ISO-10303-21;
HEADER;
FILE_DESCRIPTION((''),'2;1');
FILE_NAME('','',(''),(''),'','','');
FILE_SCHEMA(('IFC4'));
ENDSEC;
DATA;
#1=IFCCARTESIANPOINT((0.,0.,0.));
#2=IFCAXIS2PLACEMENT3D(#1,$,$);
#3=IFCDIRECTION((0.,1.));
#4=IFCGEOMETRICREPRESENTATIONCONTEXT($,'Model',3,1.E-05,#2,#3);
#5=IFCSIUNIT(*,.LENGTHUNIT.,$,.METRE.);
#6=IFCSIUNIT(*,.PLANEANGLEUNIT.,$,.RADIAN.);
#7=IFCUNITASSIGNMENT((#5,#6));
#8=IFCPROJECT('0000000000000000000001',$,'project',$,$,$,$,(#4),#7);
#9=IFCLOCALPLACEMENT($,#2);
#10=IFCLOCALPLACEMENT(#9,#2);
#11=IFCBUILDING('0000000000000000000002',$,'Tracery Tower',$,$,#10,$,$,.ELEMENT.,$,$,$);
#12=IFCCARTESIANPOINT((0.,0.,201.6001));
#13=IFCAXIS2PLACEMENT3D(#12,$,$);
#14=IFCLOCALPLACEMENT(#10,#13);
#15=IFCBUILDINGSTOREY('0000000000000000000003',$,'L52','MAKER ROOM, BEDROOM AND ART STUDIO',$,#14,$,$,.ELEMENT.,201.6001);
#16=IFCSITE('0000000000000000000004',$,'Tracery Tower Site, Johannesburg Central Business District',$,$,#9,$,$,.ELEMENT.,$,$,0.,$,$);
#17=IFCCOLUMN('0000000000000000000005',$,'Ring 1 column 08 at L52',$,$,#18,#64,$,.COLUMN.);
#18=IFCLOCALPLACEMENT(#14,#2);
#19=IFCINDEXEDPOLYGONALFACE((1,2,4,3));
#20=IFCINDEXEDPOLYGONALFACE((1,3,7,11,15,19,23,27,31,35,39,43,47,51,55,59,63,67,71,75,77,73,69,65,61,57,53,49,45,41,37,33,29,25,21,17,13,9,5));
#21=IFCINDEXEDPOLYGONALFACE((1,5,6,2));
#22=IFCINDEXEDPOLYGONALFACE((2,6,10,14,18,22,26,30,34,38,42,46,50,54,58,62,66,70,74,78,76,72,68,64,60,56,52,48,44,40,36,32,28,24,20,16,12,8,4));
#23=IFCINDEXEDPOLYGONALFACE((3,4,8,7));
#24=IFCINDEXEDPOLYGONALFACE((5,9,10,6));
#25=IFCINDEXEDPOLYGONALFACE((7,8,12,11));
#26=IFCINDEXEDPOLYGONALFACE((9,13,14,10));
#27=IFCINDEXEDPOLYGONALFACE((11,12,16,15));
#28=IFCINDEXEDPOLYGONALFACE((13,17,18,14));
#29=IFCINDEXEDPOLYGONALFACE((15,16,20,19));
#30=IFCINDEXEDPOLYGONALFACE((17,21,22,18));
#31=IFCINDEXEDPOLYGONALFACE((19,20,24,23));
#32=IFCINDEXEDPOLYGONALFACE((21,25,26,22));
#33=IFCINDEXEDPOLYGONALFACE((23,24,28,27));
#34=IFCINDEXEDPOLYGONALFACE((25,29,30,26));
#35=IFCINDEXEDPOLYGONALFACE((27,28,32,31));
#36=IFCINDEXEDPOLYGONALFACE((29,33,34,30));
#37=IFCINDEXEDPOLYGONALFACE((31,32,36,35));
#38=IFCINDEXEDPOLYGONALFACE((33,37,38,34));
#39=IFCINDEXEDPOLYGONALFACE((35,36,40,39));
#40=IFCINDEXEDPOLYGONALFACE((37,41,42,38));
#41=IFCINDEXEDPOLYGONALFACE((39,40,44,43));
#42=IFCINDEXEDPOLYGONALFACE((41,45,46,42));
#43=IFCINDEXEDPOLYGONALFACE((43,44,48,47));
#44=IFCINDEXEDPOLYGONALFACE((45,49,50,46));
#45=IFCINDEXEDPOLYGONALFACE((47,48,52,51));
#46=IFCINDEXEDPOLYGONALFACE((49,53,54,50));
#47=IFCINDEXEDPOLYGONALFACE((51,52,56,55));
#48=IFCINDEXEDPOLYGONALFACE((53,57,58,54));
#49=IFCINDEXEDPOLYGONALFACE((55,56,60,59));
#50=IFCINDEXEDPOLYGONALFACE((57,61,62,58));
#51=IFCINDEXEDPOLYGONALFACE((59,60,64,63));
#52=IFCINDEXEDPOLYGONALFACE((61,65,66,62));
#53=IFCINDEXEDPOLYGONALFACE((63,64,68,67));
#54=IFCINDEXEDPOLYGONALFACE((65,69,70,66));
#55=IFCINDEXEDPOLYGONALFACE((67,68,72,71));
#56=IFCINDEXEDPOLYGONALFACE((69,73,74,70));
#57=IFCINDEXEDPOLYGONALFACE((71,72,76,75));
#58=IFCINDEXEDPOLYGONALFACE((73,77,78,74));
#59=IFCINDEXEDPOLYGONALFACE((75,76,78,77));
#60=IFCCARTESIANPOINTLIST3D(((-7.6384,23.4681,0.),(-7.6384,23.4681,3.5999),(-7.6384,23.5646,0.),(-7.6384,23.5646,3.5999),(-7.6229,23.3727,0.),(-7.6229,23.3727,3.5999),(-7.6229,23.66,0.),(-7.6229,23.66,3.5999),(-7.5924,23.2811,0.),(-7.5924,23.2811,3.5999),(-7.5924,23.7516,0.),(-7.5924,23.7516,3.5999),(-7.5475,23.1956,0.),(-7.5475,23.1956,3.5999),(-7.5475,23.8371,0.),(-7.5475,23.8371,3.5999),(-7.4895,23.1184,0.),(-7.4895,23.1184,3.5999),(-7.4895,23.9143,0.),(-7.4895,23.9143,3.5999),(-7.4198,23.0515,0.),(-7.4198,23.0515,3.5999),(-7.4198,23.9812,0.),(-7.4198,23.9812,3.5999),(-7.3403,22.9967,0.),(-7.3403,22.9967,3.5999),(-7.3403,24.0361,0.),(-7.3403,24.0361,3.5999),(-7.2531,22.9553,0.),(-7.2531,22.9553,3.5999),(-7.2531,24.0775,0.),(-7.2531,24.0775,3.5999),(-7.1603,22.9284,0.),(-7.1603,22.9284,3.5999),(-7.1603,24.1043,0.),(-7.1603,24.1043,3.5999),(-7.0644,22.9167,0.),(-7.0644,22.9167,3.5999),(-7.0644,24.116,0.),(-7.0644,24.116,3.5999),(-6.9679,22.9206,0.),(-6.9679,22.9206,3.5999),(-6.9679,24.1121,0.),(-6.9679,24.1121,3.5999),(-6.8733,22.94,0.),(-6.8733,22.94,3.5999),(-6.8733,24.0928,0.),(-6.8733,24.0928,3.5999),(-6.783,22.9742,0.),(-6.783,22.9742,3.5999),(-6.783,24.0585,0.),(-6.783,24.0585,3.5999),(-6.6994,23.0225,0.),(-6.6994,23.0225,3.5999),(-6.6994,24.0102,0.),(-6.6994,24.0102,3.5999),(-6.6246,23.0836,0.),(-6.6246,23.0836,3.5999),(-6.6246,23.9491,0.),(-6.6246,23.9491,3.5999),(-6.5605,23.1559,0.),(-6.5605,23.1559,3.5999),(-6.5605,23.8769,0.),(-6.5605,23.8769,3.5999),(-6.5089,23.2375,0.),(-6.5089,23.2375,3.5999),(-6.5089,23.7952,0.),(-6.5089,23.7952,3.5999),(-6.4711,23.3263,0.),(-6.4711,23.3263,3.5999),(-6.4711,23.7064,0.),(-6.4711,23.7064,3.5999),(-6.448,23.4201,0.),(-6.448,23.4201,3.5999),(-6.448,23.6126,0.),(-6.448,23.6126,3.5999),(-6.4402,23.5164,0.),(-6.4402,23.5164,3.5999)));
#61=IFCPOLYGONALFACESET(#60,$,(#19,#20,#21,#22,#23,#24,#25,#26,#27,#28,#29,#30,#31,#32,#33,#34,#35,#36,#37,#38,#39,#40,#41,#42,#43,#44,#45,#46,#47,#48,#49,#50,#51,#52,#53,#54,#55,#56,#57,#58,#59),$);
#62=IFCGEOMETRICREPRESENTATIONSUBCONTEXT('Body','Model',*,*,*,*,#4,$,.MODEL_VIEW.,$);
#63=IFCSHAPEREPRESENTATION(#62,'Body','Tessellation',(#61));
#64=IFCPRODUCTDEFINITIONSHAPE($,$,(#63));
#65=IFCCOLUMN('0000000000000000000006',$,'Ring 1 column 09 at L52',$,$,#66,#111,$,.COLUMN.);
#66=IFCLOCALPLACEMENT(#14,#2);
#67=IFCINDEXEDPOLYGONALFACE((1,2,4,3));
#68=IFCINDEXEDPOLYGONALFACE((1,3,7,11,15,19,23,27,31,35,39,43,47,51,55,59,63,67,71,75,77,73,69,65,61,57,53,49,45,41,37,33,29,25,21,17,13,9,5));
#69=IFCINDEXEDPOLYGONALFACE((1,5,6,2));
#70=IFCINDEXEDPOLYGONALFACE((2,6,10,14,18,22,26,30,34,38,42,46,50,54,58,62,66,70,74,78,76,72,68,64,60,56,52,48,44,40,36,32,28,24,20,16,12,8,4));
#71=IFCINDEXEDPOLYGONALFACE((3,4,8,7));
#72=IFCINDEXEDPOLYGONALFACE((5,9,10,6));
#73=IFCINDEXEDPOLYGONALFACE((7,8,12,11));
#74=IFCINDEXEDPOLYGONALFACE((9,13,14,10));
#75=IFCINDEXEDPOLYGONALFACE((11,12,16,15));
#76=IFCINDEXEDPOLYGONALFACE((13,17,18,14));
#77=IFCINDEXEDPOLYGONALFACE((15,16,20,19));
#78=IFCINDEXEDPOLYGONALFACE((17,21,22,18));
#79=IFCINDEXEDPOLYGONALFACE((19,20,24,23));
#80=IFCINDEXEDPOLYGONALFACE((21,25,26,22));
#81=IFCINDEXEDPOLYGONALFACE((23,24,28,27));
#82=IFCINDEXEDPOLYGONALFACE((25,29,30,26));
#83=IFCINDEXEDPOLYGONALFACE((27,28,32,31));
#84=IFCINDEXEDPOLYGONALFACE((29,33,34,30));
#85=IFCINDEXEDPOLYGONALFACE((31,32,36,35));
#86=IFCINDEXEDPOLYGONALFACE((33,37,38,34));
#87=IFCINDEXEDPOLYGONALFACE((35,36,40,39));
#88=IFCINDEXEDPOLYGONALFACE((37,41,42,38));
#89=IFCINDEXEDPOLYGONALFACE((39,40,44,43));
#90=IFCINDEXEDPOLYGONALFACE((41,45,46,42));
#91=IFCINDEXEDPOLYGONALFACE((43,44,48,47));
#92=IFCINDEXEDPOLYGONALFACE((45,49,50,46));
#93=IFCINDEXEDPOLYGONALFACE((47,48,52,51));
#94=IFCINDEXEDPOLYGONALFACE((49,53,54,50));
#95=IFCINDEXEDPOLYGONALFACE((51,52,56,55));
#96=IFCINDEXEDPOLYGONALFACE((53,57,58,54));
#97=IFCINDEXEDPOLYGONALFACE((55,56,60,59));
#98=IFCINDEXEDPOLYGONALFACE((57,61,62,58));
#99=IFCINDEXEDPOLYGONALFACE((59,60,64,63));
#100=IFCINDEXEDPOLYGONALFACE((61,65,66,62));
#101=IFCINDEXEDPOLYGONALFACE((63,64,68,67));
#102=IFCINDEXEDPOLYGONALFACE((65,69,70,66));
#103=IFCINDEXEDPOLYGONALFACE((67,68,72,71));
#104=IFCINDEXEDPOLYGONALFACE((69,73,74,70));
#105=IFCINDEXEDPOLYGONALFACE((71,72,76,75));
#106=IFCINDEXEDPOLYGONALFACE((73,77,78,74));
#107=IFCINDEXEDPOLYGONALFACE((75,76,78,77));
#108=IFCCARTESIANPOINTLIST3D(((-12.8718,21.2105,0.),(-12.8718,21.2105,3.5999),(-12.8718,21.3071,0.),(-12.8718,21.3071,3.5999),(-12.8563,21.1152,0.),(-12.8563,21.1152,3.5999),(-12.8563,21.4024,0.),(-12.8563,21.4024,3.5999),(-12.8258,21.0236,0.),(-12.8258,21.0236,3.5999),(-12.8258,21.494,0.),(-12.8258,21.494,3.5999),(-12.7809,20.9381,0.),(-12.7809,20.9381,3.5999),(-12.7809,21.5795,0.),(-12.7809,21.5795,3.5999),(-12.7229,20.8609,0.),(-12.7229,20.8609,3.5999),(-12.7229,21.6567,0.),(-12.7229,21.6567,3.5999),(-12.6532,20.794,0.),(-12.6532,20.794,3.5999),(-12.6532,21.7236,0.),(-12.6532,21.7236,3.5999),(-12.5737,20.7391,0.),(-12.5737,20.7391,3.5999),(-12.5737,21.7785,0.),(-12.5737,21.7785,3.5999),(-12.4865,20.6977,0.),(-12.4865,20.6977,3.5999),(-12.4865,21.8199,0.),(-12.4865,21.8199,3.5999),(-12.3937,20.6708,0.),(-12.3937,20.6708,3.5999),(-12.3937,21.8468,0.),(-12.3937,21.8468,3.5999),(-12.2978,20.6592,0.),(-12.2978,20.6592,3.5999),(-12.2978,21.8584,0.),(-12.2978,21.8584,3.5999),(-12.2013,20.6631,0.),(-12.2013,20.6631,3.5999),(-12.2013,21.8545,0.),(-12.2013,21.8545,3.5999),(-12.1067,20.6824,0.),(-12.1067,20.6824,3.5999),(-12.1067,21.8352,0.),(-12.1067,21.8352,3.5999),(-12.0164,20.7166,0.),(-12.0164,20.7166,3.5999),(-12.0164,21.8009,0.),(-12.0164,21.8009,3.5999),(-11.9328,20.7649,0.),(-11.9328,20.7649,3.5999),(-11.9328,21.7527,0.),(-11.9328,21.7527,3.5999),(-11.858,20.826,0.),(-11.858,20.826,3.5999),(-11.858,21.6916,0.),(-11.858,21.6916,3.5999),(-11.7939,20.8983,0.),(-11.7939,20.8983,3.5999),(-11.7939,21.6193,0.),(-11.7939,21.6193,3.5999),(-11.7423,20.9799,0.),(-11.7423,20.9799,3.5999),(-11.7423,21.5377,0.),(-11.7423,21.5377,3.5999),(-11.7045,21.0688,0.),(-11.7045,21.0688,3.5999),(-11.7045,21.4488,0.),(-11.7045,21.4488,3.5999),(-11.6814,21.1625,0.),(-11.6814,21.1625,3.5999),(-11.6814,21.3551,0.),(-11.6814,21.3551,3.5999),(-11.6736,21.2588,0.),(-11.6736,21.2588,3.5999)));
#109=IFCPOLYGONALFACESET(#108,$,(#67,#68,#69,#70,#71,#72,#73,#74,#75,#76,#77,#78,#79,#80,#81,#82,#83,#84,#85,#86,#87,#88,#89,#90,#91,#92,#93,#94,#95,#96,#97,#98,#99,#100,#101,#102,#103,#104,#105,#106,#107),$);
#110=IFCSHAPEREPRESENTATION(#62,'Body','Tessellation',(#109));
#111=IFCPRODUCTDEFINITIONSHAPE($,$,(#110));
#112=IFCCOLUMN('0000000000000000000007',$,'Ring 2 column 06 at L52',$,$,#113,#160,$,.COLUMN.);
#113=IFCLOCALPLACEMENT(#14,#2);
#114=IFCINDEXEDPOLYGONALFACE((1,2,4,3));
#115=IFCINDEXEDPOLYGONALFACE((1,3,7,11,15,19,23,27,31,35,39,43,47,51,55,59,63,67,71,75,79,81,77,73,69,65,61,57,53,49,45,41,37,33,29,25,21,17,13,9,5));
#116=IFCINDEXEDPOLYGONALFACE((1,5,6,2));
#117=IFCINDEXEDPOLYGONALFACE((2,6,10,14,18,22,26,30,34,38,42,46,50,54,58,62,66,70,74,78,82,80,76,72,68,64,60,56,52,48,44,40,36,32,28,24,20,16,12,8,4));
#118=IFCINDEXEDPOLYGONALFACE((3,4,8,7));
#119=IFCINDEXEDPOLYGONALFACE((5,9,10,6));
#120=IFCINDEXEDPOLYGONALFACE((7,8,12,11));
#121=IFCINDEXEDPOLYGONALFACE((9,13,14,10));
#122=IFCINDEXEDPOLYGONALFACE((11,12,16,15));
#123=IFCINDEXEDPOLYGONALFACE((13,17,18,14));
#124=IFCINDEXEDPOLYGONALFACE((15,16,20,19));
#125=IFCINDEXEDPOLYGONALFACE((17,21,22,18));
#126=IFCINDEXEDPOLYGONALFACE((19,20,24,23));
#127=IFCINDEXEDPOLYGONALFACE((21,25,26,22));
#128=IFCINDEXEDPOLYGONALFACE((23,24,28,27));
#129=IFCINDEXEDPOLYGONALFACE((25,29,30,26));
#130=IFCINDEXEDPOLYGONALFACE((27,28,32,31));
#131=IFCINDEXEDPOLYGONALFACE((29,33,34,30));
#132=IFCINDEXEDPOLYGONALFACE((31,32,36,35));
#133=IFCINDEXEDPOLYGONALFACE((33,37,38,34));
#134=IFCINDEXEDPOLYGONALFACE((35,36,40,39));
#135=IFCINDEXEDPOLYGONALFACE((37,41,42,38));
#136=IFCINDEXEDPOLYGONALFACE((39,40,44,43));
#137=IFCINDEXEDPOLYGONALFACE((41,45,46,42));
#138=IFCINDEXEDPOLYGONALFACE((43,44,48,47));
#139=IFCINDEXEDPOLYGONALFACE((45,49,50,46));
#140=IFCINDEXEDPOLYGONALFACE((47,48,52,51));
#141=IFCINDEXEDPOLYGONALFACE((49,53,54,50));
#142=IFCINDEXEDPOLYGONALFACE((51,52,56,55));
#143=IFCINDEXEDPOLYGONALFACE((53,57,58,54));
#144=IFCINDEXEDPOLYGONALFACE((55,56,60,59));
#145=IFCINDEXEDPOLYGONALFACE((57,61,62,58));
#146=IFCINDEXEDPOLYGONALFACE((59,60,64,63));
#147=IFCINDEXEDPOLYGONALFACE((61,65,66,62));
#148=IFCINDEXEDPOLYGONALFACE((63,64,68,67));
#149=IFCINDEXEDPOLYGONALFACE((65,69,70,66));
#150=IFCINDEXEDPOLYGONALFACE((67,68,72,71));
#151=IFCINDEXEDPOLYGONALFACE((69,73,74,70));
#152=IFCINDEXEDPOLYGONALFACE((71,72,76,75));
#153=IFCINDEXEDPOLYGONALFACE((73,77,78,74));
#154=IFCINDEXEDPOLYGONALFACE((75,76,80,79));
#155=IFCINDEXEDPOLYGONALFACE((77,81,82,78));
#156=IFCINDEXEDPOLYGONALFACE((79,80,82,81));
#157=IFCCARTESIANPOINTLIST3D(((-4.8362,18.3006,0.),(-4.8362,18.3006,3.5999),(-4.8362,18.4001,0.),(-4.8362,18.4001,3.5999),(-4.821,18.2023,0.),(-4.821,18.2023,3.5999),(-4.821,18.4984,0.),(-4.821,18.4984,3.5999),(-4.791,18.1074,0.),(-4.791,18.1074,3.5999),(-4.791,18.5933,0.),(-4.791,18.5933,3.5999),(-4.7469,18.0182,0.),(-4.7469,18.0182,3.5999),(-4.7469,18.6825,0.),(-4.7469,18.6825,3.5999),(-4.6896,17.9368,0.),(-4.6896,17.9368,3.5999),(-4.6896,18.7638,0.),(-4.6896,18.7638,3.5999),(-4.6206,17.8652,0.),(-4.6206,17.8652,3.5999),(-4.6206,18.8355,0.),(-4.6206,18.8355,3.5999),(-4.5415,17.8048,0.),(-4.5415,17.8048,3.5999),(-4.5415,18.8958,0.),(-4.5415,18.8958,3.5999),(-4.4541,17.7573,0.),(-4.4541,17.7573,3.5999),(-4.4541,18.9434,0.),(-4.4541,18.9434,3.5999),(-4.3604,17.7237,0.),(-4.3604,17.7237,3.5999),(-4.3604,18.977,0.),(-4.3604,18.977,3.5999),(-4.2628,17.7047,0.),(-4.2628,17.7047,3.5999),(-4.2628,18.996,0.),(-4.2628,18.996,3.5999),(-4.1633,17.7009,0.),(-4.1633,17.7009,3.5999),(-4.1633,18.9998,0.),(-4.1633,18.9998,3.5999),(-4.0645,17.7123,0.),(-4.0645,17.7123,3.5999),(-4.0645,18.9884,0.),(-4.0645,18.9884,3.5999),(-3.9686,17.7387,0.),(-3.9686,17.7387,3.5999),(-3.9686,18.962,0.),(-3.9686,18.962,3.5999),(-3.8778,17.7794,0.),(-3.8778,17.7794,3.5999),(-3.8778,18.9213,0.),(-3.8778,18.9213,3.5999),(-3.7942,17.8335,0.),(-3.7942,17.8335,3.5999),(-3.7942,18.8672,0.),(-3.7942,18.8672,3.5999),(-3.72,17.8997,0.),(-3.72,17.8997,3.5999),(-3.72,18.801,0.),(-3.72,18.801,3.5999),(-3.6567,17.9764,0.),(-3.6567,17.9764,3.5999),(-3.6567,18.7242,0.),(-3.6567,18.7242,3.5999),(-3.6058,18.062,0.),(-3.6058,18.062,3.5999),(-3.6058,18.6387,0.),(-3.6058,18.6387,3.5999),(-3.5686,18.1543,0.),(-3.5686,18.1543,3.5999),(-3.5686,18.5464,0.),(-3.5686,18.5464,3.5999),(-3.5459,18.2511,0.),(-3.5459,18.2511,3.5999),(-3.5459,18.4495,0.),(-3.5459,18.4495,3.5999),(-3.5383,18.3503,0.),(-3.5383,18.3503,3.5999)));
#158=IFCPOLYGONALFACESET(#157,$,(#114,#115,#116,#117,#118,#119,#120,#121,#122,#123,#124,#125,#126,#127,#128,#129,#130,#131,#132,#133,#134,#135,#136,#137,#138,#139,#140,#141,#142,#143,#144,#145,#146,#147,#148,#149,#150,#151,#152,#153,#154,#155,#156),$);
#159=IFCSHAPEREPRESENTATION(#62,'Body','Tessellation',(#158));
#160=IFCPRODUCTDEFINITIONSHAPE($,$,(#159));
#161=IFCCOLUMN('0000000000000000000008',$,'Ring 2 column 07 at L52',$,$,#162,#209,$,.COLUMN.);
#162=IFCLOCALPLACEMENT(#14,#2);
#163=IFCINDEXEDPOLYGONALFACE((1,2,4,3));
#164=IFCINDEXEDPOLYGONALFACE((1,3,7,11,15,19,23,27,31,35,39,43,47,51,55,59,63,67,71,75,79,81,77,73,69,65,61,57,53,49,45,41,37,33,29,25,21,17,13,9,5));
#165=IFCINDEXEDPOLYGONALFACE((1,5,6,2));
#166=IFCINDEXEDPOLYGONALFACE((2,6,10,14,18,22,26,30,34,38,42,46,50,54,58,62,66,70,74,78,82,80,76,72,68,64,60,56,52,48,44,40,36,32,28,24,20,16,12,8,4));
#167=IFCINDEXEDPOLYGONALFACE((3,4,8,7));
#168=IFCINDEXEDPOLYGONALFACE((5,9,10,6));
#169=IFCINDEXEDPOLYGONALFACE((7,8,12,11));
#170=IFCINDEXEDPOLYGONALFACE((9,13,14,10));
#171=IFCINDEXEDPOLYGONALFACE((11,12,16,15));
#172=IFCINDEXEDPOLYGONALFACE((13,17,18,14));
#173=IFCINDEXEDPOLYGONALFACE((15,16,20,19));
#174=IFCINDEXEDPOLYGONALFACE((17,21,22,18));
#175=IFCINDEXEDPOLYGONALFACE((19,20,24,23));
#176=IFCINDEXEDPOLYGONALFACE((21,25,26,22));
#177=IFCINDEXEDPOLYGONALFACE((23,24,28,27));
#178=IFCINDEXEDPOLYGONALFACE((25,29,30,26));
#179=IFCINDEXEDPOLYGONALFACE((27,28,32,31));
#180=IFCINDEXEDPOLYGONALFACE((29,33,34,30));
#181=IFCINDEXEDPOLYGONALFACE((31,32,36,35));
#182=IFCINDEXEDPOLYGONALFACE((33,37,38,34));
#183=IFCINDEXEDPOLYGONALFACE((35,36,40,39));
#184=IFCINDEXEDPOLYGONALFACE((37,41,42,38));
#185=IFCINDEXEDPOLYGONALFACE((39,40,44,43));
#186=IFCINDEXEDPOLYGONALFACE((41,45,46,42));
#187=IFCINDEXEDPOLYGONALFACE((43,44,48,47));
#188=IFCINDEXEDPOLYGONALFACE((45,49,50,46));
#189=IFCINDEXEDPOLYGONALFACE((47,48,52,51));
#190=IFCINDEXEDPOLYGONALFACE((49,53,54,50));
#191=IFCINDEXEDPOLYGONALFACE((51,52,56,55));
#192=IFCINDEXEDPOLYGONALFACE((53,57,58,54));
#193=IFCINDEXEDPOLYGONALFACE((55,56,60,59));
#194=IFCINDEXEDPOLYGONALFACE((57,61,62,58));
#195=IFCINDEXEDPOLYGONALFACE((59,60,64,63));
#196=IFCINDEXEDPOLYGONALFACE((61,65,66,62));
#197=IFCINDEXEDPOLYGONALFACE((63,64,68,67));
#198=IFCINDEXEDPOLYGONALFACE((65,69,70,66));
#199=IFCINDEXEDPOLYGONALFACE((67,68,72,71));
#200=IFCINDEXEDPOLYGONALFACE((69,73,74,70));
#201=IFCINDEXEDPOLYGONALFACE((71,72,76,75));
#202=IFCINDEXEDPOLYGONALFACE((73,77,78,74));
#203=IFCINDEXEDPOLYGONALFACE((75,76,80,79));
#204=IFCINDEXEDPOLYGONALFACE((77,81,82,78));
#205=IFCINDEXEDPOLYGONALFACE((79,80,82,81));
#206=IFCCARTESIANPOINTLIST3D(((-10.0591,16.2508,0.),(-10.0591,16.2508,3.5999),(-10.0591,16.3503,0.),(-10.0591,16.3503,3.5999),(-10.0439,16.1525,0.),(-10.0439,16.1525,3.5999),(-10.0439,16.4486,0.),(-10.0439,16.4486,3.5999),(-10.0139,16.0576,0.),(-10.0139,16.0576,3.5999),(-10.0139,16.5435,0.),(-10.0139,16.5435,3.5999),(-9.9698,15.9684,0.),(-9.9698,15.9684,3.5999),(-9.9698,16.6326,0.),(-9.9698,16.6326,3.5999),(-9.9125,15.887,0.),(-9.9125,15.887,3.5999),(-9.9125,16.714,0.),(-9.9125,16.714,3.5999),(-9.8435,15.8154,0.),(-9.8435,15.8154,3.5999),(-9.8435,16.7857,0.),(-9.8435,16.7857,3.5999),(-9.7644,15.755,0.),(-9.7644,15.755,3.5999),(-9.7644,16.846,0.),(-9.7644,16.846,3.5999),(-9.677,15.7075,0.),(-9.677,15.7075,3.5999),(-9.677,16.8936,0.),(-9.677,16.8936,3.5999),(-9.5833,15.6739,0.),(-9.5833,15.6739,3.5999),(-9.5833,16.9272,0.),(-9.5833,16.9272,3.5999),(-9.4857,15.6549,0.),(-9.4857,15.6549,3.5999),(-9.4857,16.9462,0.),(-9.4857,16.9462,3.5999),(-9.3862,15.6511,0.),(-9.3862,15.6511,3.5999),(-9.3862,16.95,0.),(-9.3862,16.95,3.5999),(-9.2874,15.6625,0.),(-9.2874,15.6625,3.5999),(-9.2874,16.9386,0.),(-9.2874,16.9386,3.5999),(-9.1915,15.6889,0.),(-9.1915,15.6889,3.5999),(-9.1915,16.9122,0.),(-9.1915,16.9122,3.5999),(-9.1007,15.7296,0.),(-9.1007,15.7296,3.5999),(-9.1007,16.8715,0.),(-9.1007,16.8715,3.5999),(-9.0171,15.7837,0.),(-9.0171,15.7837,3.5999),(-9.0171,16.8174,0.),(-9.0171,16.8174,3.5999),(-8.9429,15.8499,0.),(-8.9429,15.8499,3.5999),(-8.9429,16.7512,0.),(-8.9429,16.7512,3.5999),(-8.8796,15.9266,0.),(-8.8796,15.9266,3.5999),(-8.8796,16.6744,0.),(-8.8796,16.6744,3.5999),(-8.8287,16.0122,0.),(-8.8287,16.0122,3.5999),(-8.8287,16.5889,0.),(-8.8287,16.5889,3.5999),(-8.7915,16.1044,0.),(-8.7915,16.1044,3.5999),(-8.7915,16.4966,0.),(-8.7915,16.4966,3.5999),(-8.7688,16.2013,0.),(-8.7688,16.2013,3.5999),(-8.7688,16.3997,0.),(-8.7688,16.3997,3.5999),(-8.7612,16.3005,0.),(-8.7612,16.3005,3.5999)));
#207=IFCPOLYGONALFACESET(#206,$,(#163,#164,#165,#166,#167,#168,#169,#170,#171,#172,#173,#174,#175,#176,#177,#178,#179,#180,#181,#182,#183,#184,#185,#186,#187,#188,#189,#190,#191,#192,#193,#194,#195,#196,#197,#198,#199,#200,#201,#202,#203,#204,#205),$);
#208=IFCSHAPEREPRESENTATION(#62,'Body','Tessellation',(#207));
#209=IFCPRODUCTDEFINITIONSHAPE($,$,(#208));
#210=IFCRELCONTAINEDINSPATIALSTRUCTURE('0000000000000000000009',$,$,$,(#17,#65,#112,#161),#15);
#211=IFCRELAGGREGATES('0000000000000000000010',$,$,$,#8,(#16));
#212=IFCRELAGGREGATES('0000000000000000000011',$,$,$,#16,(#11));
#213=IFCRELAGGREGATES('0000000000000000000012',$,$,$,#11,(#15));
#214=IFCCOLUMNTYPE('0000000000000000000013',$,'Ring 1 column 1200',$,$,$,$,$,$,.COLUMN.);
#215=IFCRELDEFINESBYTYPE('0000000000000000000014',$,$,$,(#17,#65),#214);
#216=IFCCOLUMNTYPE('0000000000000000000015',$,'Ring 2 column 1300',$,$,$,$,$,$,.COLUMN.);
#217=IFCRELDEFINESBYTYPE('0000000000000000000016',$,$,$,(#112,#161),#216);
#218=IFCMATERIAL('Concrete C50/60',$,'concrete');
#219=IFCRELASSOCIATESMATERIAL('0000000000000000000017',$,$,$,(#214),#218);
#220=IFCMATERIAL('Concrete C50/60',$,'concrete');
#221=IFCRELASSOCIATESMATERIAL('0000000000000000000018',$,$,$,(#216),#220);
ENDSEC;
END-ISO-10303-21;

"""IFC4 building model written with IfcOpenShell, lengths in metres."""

from ifc_helpers import new_model, si_unit, direction, frame, origin, origin_2d, place, context, subcontext, project, spatial, circle, extrude, material, material_profile, profile_set, type_object, element, save


model = new_model("IFC4")

# Units and contexts
model_context = context("Model", 3, precision=1e-05, world=origin(), true_north=direction((0.0, 1.0)))
body_context = subcontext(model_context, "Body", "Model", "MODEL_VIEW")
ifc_project = project(units=[si_unit("LENGTHUNIT", "METRE"), si_unit("PLANEANGLEUNIT", "RADIAN")], contexts=[model_context])

# Site, building, storey
site_placement = place(None, origin())
site = spatial("IfcSite", under=ifc_project, at=site_placement, Name="Tracery Tower Site, Johannesburg Central Business District", CompositionType="ELEMENT", RefElevation=0.0)
building_placement = place(site_placement, origin())
building = spatial("IfcBuilding", under=site, at=building_placement, Name="Tracery Tower", CompositionType="ELEMENT")
storey_placement = place(building_placement, frame((0.0, 0.0, 201.6001)))
storey = spatial("IfcBuildingStorey", under=building, at=storey_placement, Name="L52", Description="MAKER ROOM, BEDROOM AND ART STUDIO", CompositionType="ELEMENT", Elevation=201.6001)

# Columns
ifc_material_1 = material(Name="Concrete C50/60", Category="concrete")
ifc_material_profile_1 = material_profile(ifc_material_1, circle(Radius=0.6001, at=origin_2d()), Name="RC D1200")
ifc_profile_set_1 = profile_set([ifc_material_profile_1], Name="Concrete C50/60")
column_type_1 = type_object("IfcColumnType", Name="Ring 1 column 1200", PredefinedType="COLUMN", material=ifc_profile_set_1)
for number, where, z_axis, x_axis, name in (
    (1, (-7.0403, 23.5164, 0.0), (0.0, 0.0, 1.0), (1.0, 0.0, 0.0), "Ring 1 column 08 at L52"),
    (2, (-12.2737, 21.2588, 0.0), (0.0, 0.0, 1.0), (1.0, 0.0, 0.0), "Ring 1 column 09 at L52"),
):
    element("IfcColumn", number, at=place(storey_placement, frame(where, z_axis=z_axis, x_axis=x_axis)), inside=storey, type_object=column_type_1, Name=name, PredefinedType="COLUMN", context=body_context, shape_type="SweptSolid", body=[
        extrude(circle(Radius=0.6001, at=origin_2d()), origin(), (0.0, 0.0, 1.0), 3.5999),
    ])
ifc_material_2 = material(Name="Concrete C50/60", Category="concrete")
ifc_material_profile_2 = material_profile(ifc_material_2, circle(Radius=0.6499, at=origin_2d()), Name="RC D1300")
ifc_profile_set_2 = profile_set([ifc_material_profile_2], Name="Concrete C50/60")
column_type_2 = type_object("IfcColumnType", Name="Ring 2 column 1300", PredefinedType="COLUMN", material=ifc_profile_set_2)
for number, where, z_axis, x_axis, name in (
    (3, (-4.1882, 18.3503, 0.0), (0.0, 0.0, 1.0), (1.0, 0.0, 0.0), "Ring 2 column 06 at L52"),
    (4, (-9.4111, 16.3005, 0.0), (0.0, 0.0, 1.0), (1.0, 0.0, 0.0), "Ring 2 column 07 at L52"),
):
    element("IfcColumn", number, at=place(storey_placement, frame(where, z_axis=z_axis, x_axis=x_axis)), inside=storey, type_object=column_type_2, Name=name, PredefinedType="COLUMN", context=body_context, shape_type="SweptSolid", body=[
        extrude(circle(Radius=0.6499, at=origin_2d()), origin(), (0.0, 0.0, 1.0), 3.5999),
    ])

save(model, "model.ifc")
